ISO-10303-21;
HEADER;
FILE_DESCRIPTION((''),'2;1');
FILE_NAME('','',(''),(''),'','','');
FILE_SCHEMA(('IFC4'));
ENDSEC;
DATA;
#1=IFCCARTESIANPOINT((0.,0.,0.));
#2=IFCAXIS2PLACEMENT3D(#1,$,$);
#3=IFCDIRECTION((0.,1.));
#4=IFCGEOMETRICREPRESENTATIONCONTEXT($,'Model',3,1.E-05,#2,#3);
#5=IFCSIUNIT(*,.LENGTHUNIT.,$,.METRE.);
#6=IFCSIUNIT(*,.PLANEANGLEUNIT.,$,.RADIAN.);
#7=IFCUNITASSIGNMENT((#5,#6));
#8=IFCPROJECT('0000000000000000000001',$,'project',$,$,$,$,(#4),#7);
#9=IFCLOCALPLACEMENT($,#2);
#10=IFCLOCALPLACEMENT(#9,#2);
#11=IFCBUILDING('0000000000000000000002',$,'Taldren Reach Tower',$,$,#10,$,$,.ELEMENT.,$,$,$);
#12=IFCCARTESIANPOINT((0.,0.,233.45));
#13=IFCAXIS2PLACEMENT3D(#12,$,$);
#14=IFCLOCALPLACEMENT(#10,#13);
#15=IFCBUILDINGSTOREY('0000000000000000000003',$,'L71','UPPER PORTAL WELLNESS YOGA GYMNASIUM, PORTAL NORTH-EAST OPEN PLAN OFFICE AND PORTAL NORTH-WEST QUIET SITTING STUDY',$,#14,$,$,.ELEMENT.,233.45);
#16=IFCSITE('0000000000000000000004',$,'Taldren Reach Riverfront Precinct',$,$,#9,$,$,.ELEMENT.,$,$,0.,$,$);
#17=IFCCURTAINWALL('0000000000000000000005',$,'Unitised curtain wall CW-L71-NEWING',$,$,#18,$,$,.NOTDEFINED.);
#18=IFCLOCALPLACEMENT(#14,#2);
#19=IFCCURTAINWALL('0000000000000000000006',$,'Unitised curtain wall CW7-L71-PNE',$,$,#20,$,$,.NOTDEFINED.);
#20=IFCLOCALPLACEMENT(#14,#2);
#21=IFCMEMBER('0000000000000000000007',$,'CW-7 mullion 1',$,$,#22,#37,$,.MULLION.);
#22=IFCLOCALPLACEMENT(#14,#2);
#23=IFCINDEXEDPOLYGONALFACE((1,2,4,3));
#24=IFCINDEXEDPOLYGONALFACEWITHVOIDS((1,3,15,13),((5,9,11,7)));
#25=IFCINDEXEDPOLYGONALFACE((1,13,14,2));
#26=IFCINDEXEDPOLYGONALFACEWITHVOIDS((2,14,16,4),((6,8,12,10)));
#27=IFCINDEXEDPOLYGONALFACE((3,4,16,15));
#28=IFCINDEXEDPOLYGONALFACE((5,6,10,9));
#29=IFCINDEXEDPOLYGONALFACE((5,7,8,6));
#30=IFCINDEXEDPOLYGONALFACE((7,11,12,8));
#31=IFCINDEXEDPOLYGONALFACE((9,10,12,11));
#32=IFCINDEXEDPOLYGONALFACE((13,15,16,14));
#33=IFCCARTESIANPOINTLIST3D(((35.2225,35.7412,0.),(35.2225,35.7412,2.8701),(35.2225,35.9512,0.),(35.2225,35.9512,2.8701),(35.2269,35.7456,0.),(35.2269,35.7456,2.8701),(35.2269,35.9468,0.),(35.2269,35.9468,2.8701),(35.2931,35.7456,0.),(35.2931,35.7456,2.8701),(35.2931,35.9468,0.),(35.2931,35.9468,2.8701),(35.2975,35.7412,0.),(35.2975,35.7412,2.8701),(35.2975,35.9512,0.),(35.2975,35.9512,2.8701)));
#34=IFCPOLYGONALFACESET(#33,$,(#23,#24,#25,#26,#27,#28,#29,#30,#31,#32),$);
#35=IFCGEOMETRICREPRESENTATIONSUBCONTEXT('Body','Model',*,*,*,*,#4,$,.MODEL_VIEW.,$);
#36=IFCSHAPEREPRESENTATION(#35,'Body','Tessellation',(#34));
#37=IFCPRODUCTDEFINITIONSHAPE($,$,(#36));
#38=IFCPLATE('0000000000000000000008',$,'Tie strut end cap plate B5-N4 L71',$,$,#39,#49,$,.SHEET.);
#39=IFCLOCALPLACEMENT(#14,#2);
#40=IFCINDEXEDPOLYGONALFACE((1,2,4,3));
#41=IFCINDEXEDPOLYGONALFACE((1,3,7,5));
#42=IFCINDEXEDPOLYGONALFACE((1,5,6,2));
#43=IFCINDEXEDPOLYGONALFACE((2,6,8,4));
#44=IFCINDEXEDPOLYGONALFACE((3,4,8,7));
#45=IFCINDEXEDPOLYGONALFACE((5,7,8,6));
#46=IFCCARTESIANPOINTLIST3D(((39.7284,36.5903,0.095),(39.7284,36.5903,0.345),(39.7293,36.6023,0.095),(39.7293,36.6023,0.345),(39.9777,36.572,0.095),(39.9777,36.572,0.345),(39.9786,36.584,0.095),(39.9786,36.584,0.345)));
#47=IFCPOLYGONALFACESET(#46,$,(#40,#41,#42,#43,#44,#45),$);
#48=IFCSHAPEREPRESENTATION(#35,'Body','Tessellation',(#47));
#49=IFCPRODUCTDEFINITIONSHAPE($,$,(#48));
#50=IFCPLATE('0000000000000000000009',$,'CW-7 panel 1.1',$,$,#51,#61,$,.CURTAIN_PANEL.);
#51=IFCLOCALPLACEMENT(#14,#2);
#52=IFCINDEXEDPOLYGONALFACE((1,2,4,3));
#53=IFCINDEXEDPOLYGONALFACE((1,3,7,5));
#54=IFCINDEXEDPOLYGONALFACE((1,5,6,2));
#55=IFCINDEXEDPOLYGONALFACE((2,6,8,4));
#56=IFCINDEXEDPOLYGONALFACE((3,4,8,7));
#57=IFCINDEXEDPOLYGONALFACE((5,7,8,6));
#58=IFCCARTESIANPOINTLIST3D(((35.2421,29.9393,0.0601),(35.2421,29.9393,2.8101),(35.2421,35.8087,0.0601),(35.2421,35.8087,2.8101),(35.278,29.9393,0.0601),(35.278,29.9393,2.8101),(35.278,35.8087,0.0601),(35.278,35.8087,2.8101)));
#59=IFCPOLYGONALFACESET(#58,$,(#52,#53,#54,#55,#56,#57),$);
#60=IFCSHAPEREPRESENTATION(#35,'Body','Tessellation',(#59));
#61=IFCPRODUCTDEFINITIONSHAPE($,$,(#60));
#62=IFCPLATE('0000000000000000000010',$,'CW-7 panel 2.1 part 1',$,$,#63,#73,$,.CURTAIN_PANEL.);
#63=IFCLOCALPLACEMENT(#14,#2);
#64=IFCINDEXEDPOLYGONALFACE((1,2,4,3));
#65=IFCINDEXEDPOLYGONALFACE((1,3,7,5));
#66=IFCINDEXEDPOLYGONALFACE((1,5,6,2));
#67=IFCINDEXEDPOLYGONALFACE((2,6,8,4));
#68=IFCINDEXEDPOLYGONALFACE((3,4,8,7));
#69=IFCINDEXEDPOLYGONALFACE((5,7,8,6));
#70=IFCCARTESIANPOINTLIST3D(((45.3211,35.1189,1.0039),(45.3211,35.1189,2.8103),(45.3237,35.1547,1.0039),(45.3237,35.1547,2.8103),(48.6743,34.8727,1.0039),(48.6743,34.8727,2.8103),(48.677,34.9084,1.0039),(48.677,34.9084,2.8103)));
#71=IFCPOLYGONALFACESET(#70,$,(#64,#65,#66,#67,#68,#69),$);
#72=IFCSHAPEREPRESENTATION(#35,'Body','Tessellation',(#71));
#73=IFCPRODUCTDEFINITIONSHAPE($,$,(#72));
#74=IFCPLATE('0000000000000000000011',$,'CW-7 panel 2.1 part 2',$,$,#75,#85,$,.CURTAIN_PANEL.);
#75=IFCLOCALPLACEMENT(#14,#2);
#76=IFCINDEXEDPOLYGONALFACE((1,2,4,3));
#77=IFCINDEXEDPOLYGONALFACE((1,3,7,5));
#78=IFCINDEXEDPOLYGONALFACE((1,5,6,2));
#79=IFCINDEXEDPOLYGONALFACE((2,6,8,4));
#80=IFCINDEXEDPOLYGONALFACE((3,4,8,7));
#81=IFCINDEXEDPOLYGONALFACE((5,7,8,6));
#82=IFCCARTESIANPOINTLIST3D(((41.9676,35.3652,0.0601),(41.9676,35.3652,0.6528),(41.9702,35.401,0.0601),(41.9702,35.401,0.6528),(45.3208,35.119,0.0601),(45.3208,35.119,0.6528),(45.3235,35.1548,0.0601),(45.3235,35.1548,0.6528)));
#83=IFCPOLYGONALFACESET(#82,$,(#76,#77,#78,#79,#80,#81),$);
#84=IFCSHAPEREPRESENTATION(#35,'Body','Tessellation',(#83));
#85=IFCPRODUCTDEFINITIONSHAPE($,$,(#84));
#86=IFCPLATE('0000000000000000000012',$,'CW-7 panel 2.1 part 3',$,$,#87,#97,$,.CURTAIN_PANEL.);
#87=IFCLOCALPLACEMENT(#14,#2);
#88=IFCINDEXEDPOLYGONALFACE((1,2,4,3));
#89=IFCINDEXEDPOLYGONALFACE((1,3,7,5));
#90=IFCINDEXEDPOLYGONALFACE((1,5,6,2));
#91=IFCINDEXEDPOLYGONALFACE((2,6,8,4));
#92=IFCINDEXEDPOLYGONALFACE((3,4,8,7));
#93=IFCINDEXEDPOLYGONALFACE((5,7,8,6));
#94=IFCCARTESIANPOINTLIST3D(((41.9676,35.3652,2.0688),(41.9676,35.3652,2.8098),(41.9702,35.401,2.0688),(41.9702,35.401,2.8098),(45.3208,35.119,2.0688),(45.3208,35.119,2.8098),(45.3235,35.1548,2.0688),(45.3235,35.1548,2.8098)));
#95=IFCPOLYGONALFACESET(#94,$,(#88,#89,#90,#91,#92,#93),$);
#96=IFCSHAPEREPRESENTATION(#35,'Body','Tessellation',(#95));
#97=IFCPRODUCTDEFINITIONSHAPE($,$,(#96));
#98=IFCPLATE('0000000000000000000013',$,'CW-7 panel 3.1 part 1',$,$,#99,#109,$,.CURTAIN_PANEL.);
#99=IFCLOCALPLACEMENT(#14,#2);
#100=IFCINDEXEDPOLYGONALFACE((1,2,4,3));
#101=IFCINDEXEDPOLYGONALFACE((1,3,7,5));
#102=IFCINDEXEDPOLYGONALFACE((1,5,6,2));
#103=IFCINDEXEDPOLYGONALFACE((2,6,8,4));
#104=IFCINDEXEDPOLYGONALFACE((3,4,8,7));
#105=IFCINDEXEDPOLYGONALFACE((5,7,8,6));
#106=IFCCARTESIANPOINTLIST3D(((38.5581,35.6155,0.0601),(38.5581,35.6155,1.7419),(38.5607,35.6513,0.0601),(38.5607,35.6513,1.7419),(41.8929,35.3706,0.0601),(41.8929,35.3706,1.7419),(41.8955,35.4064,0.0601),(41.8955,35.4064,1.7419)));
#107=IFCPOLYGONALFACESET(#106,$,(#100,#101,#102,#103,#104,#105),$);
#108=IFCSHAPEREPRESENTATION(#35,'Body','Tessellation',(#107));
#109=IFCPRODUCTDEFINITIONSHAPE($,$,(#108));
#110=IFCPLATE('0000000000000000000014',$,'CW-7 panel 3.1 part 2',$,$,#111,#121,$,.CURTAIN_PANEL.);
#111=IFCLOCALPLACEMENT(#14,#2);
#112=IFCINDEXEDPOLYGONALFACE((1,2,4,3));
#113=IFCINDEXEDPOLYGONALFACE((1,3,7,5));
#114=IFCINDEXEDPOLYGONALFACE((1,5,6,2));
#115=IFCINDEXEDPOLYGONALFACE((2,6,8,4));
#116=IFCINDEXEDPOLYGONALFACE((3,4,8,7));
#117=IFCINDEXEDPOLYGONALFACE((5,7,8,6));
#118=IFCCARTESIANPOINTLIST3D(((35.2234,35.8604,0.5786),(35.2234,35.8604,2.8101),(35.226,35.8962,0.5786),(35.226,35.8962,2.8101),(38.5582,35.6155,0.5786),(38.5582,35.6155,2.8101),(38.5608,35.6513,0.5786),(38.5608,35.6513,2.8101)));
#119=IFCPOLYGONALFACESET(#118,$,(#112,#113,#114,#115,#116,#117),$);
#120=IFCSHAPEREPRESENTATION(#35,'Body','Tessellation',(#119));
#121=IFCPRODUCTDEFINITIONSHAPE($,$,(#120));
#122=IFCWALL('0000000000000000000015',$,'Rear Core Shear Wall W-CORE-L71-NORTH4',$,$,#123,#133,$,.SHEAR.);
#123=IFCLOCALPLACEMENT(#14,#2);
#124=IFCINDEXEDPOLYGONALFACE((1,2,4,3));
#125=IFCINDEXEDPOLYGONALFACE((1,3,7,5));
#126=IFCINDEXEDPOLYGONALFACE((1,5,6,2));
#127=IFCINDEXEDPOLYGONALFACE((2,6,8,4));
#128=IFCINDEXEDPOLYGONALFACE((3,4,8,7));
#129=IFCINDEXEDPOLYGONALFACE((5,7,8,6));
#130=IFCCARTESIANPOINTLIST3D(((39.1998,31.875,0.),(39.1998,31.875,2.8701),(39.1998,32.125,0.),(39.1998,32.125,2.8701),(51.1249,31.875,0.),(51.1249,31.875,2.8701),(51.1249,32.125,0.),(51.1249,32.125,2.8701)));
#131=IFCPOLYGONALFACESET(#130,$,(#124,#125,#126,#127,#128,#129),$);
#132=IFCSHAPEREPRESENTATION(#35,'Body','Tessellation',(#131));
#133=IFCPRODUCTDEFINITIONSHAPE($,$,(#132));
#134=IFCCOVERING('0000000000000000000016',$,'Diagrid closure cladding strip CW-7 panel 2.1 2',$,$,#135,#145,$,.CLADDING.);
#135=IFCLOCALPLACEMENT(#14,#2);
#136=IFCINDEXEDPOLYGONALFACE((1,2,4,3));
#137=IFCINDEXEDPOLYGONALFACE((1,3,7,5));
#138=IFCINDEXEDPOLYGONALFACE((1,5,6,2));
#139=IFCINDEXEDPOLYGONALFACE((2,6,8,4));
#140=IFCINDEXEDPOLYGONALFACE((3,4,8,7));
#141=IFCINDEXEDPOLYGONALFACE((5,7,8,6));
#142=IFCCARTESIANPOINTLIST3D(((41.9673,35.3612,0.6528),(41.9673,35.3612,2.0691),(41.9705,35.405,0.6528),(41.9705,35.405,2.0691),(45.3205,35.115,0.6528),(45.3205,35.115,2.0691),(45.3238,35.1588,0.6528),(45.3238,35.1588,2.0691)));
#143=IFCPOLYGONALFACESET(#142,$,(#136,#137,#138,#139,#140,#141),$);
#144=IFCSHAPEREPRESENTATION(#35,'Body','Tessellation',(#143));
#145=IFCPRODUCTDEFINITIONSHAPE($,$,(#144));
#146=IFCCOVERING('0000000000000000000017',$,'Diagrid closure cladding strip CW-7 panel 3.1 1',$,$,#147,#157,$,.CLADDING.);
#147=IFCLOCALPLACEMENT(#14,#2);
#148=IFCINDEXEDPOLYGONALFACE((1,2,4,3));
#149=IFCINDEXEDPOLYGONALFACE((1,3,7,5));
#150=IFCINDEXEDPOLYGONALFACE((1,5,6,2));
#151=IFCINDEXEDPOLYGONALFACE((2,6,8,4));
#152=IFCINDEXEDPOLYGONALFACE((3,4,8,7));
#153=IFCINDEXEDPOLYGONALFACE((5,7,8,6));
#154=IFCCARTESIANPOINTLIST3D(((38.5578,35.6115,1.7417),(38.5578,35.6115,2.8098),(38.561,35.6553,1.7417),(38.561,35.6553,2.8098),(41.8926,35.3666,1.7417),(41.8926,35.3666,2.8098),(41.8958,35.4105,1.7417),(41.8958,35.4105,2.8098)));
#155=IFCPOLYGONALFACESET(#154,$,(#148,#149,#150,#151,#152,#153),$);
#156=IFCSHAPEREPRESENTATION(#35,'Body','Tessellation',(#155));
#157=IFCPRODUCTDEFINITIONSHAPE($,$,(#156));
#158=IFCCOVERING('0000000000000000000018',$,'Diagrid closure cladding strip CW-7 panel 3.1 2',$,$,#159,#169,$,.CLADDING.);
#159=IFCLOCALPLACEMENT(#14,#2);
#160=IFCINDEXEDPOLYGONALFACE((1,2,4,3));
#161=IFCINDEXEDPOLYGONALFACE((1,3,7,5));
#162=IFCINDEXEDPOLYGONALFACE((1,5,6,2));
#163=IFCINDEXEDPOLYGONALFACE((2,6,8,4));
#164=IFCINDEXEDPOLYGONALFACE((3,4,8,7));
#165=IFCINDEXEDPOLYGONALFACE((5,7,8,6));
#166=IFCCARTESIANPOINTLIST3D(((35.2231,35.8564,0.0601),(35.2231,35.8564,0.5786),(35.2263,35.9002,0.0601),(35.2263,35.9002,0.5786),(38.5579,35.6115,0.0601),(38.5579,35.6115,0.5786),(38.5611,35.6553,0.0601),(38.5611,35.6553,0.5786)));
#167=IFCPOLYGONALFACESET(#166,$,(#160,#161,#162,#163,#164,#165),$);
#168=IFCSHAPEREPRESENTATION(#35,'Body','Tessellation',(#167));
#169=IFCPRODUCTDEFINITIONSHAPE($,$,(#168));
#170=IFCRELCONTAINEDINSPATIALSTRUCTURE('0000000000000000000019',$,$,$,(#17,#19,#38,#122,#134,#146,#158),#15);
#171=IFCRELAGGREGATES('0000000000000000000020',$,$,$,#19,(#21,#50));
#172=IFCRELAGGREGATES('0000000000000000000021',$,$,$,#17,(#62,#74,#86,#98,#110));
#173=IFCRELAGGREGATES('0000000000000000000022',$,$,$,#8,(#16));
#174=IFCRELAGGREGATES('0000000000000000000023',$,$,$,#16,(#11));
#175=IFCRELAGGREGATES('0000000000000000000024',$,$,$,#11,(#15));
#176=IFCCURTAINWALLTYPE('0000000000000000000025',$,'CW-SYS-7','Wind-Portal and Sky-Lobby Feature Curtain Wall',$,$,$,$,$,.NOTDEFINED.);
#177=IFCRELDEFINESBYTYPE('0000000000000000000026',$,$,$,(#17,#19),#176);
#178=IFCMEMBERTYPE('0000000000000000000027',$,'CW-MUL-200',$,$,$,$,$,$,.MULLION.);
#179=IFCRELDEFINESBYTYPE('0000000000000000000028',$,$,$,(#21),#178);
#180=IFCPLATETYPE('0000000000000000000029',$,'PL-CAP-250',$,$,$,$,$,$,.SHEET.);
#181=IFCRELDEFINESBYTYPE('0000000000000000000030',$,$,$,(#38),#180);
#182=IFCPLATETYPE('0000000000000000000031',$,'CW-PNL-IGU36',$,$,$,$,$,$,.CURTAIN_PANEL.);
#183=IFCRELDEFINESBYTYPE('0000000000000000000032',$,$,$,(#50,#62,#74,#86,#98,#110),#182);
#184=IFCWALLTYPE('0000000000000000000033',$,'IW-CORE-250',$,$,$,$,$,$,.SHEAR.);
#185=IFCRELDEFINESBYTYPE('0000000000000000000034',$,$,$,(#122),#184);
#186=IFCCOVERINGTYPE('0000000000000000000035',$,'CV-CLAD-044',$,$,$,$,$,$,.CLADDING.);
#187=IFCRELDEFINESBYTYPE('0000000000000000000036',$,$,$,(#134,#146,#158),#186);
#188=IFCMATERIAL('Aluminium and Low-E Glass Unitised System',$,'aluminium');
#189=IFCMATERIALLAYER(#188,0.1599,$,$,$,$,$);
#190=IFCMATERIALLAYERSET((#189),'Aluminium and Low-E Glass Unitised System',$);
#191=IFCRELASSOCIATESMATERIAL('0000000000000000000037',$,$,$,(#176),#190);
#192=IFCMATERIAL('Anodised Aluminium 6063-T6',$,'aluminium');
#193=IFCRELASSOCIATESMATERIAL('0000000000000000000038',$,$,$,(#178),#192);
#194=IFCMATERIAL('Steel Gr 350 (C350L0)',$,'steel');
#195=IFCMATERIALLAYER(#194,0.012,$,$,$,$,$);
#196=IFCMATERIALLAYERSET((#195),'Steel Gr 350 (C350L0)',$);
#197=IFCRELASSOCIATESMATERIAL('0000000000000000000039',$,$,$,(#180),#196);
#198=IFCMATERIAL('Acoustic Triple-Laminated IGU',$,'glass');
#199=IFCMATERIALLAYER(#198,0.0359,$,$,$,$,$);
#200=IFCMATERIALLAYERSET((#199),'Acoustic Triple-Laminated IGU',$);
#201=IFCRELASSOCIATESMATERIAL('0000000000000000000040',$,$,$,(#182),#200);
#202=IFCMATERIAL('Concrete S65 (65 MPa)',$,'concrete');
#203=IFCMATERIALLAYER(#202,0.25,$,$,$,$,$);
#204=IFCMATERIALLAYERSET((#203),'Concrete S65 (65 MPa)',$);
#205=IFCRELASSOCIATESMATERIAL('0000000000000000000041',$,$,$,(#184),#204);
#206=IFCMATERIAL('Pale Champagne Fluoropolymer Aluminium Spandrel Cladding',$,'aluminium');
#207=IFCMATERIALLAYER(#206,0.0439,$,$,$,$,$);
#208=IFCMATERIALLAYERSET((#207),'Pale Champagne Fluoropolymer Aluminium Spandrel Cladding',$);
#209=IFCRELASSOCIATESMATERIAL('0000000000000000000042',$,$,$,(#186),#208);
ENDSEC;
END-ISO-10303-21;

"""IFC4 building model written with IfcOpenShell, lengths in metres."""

from ifc_helpers import new_model, si_unit, direction, frame, frame_2d, origin, origin_2d, place, context, subcontext, project, spatial, rectangle, hollow_rectangle, extrude, source, transform, mapped, material, layer, layer_set, material_profile, profile_set, type_object, element, aggregate, save


model = new_model("IFC4")

# Units and contexts
model_context = context("Model", 3, precision=1e-05, world=origin(), true_north=direction((0.0, 1.0)))
body_context = subcontext(model_context, "Body", "Model", "MODEL_VIEW")
ifc_project = project(units=[si_unit("LENGTHUNIT", "METRE"), si_unit("PLANEANGLEUNIT", "RADIAN")], contexts=[model_context])

# Site, building, storey
site_placement = place(None, origin())
site = spatial("IfcSite", under=ifc_project, at=site_placement, Name="Taldren Reach Riverfront Precinct", CompositionType="ELEMENT", RefElevation=0.0)
building_placement = place(site_placement, origin())
building = spatial("IfcBuilding", under=site, at=building_placement, Name="Taldren Reach Tower", CompositionType="ELEMENT")
storey_placement = place(building_placement, frame((0.0, 0.0, 233.45)))
storey = spatial("IfcBuildingStorey", under=building, at=storey_placement, Name="L71", Description="UPPER PORTAL WELLNESS YOGA GYMNASIUM, PORTAL NORTH-EAST OPEN PLAN OFFICE AND PORTAL NORTH-WEST QUIET SITTING STUDY", CompositionType="ELEMENT", Elevation=233.45)

# Shared definitions
ifc_material_1 = material(Name="Steel Gr 350 (C350L0)", Category="steel")

# Curtain walls
ifc_material_2 = material(Name="Aluminium and Low-E Glass Unitised System", Category="aluminium")
ifc_layer_1 = layer(ifc_material_2, 0.1599)
ifc_layer_set_1 = layer_set([ifc_layer_1], Name="Aluminium and Low-E Glass Unitised System")
curtain_wall_type = type_object("IfcCurtainWallType", Name="CW-SYS-7", Description="Wind-Portal and Sky-Lobby Feature Curtain Wall", PredefinedType="NOTDEFINED", material=ifc_layer_set_1)
curtain_wall_1_placement = place(storey_placement, origin())
curtain_wall_1 = element("IfcCurtainWall", 1, at=curtain_wall_1_placement, inside=storey, type_object=curtain_wall_type, Name="Unitised curtain wall CW-L71-NEWING", PredefinedType="NOTDEFINED")
ifc_material_3 = material(Name="Anodised Aluminium 6063-T6", Category="aluminium")
curtain_wall_2_placement = place(storey_placement, origin())
curtain_wall_2 = element("IfcCurtainWall", 2, at=curtain_wall_2_placement, inside=storey, type_object=curtain_wall_type, Name="Unitised curtain wall CW7-L71-PNE", PredefinedType="NOTDEFINED")

# Member
ifc_material_profile_1 = material_profile(ifc_material_3, hollow_rectangle(XDim=0.075, YDim=0.21, WallThickness=0.0044, at=origin_2d()), Name="ALU-210x75x4.5RHS")
ifc_profile_set_1 = profile_set([ifc_material_profile_1], Name="Anodised Aluminium 6063-T6")
member_type_1 = type_object("IfcMemberType", Name="CW-MUL-200", PredefinedType="MULLION", material=ifc_profile_set_1)
shared_shape_1 = source(origin(), body_context, "Body", "SweptSolid", [
    extrude(hollow_rectangle(XDim=0.075, YDim=0.21, WallThickness=0.0044, at=origin_2d()), origin(), (0.0, 0.0, 1.0), 2.8701),
])
member_1_placement = place(storey_placement, frame((35.26, 35.8462, 0.0), z_axis=(0.0, 0.0, 1.0), x_axis=(1.0, 0.0, 0.0)))
member_1 = element("IfcMember", 3, at=member_1_placement, type_object=member_type_1, Name="CW-7 mullion 1", PredefinedType="MULLION", context=body_context, shape_type="MappedRepresentation", body=[
    mapped(shared_shape_1, transform((0.0, 0.0, 0.0), scale=1.0)),
])

# Plates
ifc_layer_2 = layer(ifc_material_1, 0.012)
ifc_layer_set_2 = layer_set([ifc_layer_2], Name="Steel Gr 350 (C350L0)")
plate_type_1 = type_object("IfcPlateType", Name="PL-CAP-250", PredefinedType="SHEET", material=ifc_layer_set_2)
shared_shape_2 = source(origin(), body_context, "Body", "SweptSolid", [
    extrude(rectangle(XDim=0.25, YDim=0.012, at=origin_2d()), origin(), (0.0, 0.0, 1.0), 0.25),
])
plate_1_placement = place(storey_placement, frame((39.8535, 36.5872, 0.095), z_axis=(0.0, 0.0, 1.0), x_axis=(0.997314, -0.073238, 0.0)))
element("IfcPlate", 4, at=plate_1_placement, inside=storey, type_object=plate_type_1, Name="Tie strut end cap plate B5-N4 L71", PredefinedType="SHEET", context=body_context, shape_type="MappedRepresentation", body=[
    mapped(shared_shape_2, transform((0.0, 0.0, 0.0), scale=1.0)),
])
ifc_material_4 = material(Name="Acoustic Triple-Laminated IGU", Category="glass")
ifc_layer_3 = layer(ifc_material_4, 0.0359)
ifc_layer_set_3 = layer_set([ifc_layer_3], Name="Acoustic Triple-Laminated IGU")
plate_type_2 = type_object("IfcPlateType", Name="CW-PNL-IGU36", PredefinedType="CURTAIN_PANEL", material=ifc_layer_set_3)
shared_shape_3 = source(origin(), body_context, "Body", "SweptSolid", [
    extrude(rectangle(XDim=5.8694, YDim=0.0359, at=origin_2d()), origin(), (0.0, 0.0, 1.0), 2.75),
])
plate_2_placement = place(storey_placement, frame((35.26, 32.874, 0.0601), z_axis=(0.0, 0.0, 1.0), x_axis=(0.0, -1.0, 0.0)))
plate_2 = element("IfcPlate", 5, at=plate_2_placement, type_object=plate_type_2, Name="CW-7 panel 1.1", PredefinedType="CURTAIN_PANEL", context=body_context, shape_type="MappedRepresentation", body=[
    mapped(shared_shape_3, transform((0.0, 0.0, 0.0), scale=1.0)),
])
aggregate(curtain_wall_2, [member_1, plate_2])
shared_shape_4 = source(origin(), body_context, "Body", "SweptSolid", [
    extrude(rectangle(XDim=3.3623, YDim=0.0359, at=origin_2d()), origin(), (0.0, 0.0, 1.0), 1.8064),
])
plate_3_placement = place(storey_placement, frame((46.999, 35.0137, 1.0039), z_axis=(0.0, 0.0, 1.0), x_axis=(-0.997314, 0.073238, 0.0)))
plate_3 = element("IfcPlate", 6, at=plate_3_placement, type_object=plate_type_2, Name="CW-7 panel 2.1 part 1", PredefinedType="CURTAIN_PANEL", context=body_context, shape_type="MappedRepresentation", body=[
    mapped(shared_shape_4, transform((0.0, 0.0, 0.0), scale=1.0)),
])
shared_shape_5 = source(origin(), body_context, "Body", "SweptSolid", [
    extrude(rectangle(XDim=3.3623, YDim=0.0359, at=origin_2d()), origin(), (0.0, 0.0, 1.0), 0.5928),
])
plate_4_placement = place(storey_placement, frame((43.6455, 35.26, 0.0601), z_axis=(0.0, 0.0, 1.0), x_axis=(-0.997314, 0.073238, 0.0)))
plate_4 = element("IfcPlate", 7, at=plate_4_placement, type_object=plate_type_2, Name="CW-7 panel 2.1 part 2", PredefinedType="CURTAIN_PANEL", context=body_context, shape_type="MappedRepresentation", body=[
    mapped(shared_shape_5, transform((0.0, 0.0, 0.0), scale=1.0)),
])
shared_shape_6 = source(origin(), body_context, "Body", "SweptSolid", [
    extrude(rectangle(XDim=3.3623, YDim=0.0359, at=origin_2d()), origin(), (0.0, 0.0, 1.0), 0.741),
])
plate_5_placement = place(storey_placement, frame((43.6455, 35.26, 2.0688), z_axis=(0.0, 0.0, 1.0), x_axis=(-0.997314, 0.073238, 0.0)))
plate_5 = element("IfcPlate", 8, at=plate_5_placement, type_object=plate_type_2, Name="CW-7 panel 2.1 part 3", PredefinedType="CURTAIN_PANEL", context=body_context, shape_type="MappedRepresentation", body=[
    mapped(shared_shape_6, transform((0.0, 0.0, 0.0), scale=1.0)),
])
shared_shape_7 = source(origin(), body_context, "Body", "SweptSolid", [
    extrude(rectangle(XDim=3.3438, YDim=0.0359, at=origin_2d()), origin(), (0.0, 0.0, 1.0), 1.6819),
])
plate_6_placement = place(storey_placement, frame((40.2268, 35.511, 0.0601), z_axis=(0.0, 0.0, 1.0), x_axis=(-0.997314, 0.073238, 0.0)))
plate_6 = element("IfcPlate", 9, at=plate_6_placement, type_object=plate_type_2, Name="CW-7 panel 3.1 part 1", PredefinedType="CURTAIN_PANEL", context=body_context, shape_type="MappedRepresentation", body=[
    mapped(shared_shape_7, transform((0.0, 0.0, 0.0), scale=1.0)),
])
shared_shape_8 = source(origin(), body_context, "Body", "SweptSolid", [
    extrude(rectangle(XDim=3.3438, YDim=0.0359, at=origin_2d()), origin(), (0.0, 0.0, 1.0), 2.2314),
])
plate_7_placement = place(storey_placement, frame((36.8921, 35.7559, 0.5786), z_axis=(0.0, 0.0, 1.0), x_axis=(-0.997314, 0.073238, 0.0)))
plate_7 = element("IfcPlate", 10, at=plate_7_placement, type_object=plate_type_2, Name="CW-7 panel 3.1 part 2", PredefinedType="CURTAIN_PANEL", context=body_context, shape_type="MappedRepresentation", body=[
    mapped(shared_shape_8, transform((0.0, 0.0, 0.0), scale=1.0)),
])
aggregate(curtain_wall_1, [plate_3, plate_4, plate_5, plate_6, plate_7])

# Wall
ifc_material_5 = material(Name="Concrete S65 (65 MPa)", Category="concrete")
ifc_layer_4 = layer(ifc_material_5, 0.25)
ifc_layer_set_4 = layer_set([ifc_layer_4], Name="Concrete S65 (65 MPa)")
wall_type = type_object("IfcWallType", Name="IW-CORE-250", PredefinedType="SHEAR", material=ifc_layer_set_4)
shared_shape_9 = source(origin(), body_context, "Body", "SweptSolid", [
    extrude(rectangle(XDim=11.925, YDim=0.25, at=frame_2d((5.9624, 0.0))), origin(), (0.0, 0.0, 1.0), 2.8701),
])
wall_placement = place(storey_placement, frame((39.2, 32.0, 0.0), z_axis=(0.0, 0.0, 1.0), x_axis=(1.0, 0.0, 0.0)))
element("IfcWall", 11, at=wall_placement, inside=storey, type_object=wall_type, Name="Rear Core Shear Wall W-CORE-L71-NORTH4", PredefinedType="SHEAR", context=body_context, shape_type="MappedRepresentation", body=[
    mapped(shared_shape_9, transform((0.0, 0.0, 0.0), scale=1.0)),
])

# Coverings
ifc_material_6 = material(Name="Pale Champagne Fluoropolymer Aluminium Spandrel Cladding", Category="aluminium")
ifc_layer_5 = layer(ifc_material_6, 0.0439)
ifc_layer_set_5 = layer_set([ifc_layer_5], Name="Pale Champagne Fluoropolymer Aluminium Spandrel Cladding")
covering_type = type_object("IfcCoveringType", Name="CV-CLAD-044", PredefinedType="CLADDING", material=ifc_layer_set_5)
shared_shape_10 = source(origin(), body_context, "Body", "SweptSolid", [
    extrude(rectangle(XDim=3.3623, YDim=0.0439, at=origin_2d()), origin(), (0.0, 0.0, 1.0), 1.4163),
])
covering_1_placement = place(storey_placement, frame((43.6455, 35.26, 0.6528), z_axis=(0.0, 0.0, 1.0), x_axis=(-0.997314, 0.073238, 0.0)))
element("IfcCovering", 12, at=covering_1_placement, inside=storey, type_object=covering_type, Name="Diagrid closure cladding strip CW-7 panel 2.1 2", PredefinedType="CLADDING", context=body_context, shape_type="MappedRepresentation", body=[
    mapped(shared_shape_10, transform((0.0, 0.0, 0.0), scale=1.0)),
])
shared_shape_11 = source(origin(), body_context, "Body", "SweptSolid", [
    extrude(rectangle(XDim=3.3438, YDim=0.0439, at=origin_2d()), origin(), (0.0, 0.0, 1.0), 1.0681),
])
covering_2_placement = place(storey_placement, frame((40.2268, 35.511, 1.7417), z_axis=(0.0, 0.0, 1.0), x_axis=(-0.997314, 0.073238, 0.0)))
element("IfcCovering", 13, at=covering_2_placement, inside=storey, type_object=covering_type, Name="Diagrid closure cladding strip CW-7 panel 3.1 1", PredefinedType="CLADDING", context=body_context, shape_type="MappedRepresentation", body=[
    mapped(shared_shape_11, transform((0.0, 0.0, 0.0), scale=1.0)),
])
shared_shape_12 = source(origin(), body_context, "Body", "SweptSolid", [
    extrude(rectangle(XDim=3.3438, YDim=0.0439, at=origin_2d()), origin(), (0.0, 0.0, 1.0), 0.5186),
])
covering_3_placement = place(storey_placement, frame((36.8921, 35.7559, 0.0601), z_axis=(0.0, 0.0, 1.0), x_axis=(-0.997314, 0.073238, 0.0)))
element("IfcCovering", 14, at=covering_3_placement, inside=storey, type_object=covering_type, Name="Diagrid closure cladding strip CW-7 panel 3.1 2", PredefinedType="CLADDING", context=body_context, shape_type="MappedRepresentation", body=[
    mapped(shared_shape_12, transform((0.0, 0.0, 0.0), scale=1.0)),
])

save(model, "model.ifc")
